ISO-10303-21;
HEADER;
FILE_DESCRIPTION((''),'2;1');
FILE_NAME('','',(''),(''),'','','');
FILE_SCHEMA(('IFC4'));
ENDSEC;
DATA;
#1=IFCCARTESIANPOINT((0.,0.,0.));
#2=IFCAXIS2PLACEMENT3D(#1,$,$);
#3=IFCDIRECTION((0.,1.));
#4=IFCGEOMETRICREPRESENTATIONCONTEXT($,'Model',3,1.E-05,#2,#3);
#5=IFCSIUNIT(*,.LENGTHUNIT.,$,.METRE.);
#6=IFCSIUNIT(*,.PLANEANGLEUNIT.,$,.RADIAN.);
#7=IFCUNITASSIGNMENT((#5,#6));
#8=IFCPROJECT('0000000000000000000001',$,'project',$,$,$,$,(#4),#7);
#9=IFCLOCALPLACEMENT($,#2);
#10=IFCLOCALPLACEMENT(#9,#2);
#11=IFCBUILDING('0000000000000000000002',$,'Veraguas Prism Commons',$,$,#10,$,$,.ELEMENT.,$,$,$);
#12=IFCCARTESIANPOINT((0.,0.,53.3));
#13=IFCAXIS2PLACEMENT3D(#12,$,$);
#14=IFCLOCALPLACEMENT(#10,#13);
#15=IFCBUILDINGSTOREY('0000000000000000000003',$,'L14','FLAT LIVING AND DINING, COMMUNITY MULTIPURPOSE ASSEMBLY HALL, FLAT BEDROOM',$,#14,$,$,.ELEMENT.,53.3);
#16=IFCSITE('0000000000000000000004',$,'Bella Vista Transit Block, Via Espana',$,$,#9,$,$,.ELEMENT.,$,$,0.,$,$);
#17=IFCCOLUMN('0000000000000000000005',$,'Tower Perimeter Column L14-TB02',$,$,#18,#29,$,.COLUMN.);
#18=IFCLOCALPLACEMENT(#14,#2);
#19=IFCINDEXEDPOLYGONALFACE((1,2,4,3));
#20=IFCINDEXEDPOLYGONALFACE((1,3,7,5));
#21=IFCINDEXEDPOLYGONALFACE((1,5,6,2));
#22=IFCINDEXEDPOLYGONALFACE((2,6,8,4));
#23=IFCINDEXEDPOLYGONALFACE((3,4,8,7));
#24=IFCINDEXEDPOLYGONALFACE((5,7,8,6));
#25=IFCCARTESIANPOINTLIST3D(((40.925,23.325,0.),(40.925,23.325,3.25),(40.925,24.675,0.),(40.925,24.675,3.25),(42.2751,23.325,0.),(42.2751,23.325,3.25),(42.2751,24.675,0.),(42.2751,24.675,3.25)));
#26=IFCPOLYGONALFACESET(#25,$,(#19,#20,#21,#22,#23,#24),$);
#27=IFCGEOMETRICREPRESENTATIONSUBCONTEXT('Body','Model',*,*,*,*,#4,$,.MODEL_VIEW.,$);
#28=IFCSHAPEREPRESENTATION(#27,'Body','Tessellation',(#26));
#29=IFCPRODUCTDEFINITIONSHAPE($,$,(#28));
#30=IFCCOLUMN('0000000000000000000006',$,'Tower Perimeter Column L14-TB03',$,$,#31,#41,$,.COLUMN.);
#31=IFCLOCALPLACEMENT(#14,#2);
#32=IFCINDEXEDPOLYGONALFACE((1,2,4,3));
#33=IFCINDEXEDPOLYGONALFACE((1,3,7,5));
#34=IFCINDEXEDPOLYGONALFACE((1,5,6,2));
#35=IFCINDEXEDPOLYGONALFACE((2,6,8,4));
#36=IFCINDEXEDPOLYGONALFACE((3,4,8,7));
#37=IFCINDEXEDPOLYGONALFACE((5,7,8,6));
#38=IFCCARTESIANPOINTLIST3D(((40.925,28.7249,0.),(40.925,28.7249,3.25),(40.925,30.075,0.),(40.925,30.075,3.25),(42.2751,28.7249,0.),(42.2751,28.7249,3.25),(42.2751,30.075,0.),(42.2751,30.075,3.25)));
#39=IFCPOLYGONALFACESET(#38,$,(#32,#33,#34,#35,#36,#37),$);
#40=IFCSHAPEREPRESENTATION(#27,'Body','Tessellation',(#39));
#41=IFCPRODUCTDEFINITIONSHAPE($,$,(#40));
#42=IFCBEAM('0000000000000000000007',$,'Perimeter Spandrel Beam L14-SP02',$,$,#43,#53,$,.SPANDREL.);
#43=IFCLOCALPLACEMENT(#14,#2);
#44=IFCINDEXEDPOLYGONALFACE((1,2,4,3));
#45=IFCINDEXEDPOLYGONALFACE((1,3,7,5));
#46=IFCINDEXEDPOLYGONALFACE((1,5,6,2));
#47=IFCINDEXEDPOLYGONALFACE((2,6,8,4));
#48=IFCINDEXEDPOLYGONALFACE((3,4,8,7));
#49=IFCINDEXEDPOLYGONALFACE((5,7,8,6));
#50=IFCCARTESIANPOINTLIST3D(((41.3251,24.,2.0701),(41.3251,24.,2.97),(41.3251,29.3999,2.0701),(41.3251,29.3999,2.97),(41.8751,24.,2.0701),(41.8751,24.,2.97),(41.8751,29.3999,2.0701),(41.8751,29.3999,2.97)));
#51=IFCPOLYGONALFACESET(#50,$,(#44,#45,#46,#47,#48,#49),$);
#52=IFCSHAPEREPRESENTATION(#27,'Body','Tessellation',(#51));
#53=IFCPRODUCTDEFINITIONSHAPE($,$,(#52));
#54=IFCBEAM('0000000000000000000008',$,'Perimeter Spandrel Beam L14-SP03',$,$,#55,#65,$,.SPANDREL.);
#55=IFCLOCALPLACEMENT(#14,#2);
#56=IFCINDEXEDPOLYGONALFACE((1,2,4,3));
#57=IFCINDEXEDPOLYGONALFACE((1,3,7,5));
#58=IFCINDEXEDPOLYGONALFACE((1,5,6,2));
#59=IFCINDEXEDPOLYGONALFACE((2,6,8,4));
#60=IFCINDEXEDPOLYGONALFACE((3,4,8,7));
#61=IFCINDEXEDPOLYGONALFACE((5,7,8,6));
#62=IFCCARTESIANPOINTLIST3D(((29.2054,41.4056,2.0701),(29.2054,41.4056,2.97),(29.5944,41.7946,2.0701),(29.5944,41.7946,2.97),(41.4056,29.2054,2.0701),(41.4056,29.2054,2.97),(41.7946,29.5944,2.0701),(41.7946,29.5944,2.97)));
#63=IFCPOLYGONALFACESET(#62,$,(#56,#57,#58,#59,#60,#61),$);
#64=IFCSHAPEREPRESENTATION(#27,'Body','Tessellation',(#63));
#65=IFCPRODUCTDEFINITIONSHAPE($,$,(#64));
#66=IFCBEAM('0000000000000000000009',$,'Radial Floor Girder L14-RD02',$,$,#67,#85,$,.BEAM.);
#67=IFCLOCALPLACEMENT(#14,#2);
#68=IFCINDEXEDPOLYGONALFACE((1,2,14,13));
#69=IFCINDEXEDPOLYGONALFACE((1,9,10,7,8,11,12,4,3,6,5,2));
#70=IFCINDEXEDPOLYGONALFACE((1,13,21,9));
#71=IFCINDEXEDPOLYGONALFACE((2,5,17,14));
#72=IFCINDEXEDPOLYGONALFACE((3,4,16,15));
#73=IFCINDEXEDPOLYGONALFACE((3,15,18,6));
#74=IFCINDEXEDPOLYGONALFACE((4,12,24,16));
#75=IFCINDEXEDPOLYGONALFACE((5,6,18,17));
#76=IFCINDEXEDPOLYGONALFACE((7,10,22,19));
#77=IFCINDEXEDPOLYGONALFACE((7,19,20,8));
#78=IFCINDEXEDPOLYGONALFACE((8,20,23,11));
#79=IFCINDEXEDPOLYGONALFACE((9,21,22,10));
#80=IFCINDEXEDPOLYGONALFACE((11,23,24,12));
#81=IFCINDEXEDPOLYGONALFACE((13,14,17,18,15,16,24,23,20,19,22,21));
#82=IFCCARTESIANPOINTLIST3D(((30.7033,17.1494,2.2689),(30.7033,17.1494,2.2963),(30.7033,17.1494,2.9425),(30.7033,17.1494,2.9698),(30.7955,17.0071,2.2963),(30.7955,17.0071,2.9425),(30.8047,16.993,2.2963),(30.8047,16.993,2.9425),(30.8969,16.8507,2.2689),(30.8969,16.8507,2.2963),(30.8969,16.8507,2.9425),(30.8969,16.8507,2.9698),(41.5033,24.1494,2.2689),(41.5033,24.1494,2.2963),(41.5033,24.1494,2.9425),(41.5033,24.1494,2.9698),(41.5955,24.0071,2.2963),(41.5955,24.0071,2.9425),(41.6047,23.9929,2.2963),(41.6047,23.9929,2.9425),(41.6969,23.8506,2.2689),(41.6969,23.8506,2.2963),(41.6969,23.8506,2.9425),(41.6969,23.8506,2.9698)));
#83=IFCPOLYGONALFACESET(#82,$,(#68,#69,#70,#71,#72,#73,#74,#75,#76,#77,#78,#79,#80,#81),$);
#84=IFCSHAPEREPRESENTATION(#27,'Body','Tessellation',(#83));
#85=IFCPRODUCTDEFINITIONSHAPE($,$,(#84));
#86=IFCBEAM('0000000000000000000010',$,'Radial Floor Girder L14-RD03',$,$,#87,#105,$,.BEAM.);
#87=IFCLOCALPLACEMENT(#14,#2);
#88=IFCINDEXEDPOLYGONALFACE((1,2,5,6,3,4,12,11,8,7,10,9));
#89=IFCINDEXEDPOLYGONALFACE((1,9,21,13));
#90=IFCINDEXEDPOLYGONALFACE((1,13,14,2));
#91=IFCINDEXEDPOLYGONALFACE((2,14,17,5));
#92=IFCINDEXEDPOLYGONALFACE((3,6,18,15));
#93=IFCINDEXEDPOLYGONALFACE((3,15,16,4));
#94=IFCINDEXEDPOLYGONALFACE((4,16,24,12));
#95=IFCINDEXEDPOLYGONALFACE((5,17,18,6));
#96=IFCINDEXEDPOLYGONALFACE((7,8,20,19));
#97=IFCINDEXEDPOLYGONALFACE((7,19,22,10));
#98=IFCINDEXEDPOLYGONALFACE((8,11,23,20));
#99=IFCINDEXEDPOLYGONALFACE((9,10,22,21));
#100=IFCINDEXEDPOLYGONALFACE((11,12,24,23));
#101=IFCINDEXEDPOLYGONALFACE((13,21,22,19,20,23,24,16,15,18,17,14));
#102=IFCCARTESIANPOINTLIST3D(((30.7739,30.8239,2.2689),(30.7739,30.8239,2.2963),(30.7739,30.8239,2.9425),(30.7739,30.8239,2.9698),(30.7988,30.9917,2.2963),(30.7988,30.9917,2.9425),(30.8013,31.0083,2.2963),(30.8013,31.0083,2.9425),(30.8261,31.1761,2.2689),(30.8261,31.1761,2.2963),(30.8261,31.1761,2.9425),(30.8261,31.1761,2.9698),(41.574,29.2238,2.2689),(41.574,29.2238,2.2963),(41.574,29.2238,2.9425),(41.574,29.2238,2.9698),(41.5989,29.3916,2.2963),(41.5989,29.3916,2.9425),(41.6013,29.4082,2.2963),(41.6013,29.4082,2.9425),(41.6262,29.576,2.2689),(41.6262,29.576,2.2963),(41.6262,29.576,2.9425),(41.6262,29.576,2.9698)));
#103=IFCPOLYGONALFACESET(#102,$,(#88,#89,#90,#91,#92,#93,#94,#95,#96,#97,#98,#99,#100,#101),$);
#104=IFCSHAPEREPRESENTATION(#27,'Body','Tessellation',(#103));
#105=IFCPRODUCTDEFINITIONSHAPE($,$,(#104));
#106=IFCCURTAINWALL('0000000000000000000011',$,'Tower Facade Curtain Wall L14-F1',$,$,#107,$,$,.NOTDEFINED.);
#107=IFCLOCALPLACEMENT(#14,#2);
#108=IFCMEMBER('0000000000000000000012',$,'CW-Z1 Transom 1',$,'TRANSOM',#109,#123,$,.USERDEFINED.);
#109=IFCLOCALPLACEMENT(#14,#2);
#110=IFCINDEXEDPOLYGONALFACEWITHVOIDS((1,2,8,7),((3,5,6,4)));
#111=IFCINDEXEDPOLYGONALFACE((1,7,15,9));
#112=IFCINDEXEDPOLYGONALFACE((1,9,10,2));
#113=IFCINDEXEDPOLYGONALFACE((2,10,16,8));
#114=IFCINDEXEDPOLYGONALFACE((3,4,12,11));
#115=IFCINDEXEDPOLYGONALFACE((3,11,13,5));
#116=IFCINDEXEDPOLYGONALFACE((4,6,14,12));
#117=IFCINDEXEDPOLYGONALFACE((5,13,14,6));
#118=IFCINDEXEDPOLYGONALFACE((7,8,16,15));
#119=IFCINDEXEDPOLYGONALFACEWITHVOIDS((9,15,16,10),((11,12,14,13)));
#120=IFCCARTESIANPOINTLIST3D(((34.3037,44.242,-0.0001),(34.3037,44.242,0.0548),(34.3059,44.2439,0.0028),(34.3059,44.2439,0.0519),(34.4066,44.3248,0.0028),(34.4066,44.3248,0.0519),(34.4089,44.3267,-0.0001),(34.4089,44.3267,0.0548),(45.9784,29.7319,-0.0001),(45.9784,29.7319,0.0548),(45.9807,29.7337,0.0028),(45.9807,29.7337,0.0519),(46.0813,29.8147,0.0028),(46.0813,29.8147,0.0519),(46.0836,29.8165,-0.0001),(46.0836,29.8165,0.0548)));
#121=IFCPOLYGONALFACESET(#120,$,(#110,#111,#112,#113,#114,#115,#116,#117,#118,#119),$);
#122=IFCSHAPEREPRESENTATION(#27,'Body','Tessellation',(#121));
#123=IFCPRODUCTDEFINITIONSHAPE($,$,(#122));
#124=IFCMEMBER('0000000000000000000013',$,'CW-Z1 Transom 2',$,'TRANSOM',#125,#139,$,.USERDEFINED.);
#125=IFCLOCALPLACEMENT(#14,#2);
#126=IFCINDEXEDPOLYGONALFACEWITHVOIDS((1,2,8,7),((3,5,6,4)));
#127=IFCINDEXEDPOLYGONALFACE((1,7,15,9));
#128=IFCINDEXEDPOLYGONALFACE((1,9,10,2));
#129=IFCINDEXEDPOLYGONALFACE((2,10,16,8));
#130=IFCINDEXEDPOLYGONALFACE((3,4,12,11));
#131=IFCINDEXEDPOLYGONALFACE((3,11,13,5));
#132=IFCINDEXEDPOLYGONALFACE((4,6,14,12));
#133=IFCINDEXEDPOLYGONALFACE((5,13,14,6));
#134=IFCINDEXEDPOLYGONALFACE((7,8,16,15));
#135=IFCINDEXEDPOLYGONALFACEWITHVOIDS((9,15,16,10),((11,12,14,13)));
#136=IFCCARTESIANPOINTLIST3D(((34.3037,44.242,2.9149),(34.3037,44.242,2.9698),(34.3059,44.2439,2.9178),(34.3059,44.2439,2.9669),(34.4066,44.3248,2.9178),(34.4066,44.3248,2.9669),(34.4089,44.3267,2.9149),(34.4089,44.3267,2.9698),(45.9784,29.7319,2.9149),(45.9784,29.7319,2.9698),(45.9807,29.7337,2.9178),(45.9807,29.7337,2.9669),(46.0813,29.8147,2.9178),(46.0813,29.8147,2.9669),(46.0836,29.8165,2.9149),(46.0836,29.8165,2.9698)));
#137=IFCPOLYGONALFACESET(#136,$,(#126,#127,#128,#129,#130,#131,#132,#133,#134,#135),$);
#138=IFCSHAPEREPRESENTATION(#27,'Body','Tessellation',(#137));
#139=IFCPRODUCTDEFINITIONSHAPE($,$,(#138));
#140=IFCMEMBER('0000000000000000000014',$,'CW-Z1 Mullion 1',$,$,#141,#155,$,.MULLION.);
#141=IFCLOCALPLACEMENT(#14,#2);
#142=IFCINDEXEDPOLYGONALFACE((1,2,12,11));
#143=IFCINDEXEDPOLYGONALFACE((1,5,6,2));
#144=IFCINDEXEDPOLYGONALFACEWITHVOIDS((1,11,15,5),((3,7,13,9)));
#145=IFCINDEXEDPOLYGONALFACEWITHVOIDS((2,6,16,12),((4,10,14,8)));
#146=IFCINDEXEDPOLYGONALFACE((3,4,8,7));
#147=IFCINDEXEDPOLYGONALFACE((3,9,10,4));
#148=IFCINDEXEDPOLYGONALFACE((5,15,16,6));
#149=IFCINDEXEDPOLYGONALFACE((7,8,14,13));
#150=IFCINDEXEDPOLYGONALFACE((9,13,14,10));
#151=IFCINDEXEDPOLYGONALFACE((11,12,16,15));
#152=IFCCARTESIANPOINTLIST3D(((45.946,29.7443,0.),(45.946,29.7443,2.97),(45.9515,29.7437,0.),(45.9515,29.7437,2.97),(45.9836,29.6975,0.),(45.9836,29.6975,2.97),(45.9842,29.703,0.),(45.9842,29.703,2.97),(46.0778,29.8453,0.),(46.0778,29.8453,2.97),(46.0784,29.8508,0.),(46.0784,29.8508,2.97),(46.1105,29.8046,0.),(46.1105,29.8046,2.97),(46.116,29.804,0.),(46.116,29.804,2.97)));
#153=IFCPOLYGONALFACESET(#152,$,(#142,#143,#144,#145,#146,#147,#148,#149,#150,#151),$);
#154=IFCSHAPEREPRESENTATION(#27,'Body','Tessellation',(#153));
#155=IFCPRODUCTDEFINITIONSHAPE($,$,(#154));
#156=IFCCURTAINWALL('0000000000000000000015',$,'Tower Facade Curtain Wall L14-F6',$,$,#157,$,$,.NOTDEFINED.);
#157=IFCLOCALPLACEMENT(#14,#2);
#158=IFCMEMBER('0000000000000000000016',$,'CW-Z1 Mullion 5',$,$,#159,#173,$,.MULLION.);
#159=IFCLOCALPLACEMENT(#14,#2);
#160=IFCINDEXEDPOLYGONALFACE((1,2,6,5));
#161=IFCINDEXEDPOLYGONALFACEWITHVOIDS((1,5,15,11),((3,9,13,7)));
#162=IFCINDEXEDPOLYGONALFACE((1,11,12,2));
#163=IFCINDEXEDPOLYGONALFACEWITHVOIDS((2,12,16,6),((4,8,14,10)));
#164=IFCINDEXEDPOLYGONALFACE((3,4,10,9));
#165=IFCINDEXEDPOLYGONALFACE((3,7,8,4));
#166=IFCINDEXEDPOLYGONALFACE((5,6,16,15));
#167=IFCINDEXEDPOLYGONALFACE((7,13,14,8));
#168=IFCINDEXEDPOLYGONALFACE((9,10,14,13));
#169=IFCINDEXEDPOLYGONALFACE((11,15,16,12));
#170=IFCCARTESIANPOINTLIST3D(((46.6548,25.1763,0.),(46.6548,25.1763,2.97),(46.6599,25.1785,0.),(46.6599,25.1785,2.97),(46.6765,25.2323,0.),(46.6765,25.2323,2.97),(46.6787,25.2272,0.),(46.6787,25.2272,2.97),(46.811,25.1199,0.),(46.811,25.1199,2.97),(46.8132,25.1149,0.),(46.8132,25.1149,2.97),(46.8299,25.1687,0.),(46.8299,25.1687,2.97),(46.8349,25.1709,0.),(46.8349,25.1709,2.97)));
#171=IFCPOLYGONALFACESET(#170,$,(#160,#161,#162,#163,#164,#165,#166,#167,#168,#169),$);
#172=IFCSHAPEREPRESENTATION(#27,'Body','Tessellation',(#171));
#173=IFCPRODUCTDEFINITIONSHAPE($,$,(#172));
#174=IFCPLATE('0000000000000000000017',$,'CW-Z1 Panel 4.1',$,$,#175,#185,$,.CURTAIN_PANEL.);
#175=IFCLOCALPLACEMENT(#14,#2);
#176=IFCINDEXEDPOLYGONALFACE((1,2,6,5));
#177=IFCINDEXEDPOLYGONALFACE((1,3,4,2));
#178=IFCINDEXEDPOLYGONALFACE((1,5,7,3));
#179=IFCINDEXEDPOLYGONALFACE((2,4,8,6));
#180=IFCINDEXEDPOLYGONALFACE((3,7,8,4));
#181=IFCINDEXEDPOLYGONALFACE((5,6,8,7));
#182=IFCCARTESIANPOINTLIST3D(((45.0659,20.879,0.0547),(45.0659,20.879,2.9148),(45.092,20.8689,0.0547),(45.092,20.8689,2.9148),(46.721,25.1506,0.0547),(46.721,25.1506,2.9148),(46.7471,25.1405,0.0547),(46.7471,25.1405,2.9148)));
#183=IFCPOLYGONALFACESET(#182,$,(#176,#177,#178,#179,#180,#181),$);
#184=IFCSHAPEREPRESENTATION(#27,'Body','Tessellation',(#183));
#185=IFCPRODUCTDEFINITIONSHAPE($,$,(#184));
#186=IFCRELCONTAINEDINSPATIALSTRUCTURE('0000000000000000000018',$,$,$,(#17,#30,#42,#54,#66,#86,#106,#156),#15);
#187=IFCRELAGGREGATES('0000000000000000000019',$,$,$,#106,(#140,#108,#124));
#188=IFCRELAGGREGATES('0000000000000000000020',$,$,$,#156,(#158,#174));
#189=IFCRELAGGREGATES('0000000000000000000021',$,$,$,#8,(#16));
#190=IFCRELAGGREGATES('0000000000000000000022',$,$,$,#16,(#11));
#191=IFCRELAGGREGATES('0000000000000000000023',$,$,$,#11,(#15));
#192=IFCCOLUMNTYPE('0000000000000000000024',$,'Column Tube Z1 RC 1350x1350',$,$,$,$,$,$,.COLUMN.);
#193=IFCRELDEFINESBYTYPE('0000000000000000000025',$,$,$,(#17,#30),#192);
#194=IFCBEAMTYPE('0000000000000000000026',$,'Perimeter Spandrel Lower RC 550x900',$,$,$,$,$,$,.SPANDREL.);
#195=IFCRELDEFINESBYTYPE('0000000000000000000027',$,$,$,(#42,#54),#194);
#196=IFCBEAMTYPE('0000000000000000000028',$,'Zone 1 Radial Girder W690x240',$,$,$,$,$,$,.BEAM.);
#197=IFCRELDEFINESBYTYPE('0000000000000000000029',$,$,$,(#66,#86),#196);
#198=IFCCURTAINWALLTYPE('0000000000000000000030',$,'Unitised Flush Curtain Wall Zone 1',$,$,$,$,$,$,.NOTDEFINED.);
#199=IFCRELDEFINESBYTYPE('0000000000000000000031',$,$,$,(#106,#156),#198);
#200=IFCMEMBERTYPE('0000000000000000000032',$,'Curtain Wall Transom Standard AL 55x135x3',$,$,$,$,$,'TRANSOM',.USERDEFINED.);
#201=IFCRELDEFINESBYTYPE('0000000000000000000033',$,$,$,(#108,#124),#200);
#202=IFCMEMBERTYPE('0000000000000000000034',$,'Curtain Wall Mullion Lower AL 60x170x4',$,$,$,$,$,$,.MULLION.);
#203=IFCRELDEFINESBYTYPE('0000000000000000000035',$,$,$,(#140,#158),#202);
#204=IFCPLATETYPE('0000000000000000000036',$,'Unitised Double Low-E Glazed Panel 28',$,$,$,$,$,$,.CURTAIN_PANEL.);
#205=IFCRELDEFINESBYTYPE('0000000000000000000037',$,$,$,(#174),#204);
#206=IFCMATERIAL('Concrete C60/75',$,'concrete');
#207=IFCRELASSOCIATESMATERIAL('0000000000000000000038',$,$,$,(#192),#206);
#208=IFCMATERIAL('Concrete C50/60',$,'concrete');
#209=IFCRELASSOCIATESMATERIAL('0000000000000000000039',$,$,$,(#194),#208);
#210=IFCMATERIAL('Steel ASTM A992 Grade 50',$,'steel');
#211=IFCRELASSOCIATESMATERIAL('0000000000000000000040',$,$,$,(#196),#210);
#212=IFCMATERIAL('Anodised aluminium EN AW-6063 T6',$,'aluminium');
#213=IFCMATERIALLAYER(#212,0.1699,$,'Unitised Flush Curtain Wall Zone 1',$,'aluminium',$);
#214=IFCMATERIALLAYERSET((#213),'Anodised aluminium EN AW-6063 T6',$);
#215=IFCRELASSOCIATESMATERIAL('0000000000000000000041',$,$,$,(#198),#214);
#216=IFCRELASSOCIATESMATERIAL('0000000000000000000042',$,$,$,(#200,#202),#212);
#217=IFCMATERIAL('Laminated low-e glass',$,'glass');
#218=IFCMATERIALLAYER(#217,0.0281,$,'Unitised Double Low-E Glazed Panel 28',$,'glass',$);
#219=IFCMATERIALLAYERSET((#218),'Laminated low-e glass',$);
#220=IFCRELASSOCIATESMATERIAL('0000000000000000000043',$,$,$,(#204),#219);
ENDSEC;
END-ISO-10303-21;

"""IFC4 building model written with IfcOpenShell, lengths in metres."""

from ifc_helpers import new_model, si_unit, direction, frame, origin, origin_2d, place, context, subcontext, project, spatial, rectangle, hollow_rectangle, i_section, extrude, source, transform, mapped, material, layer, layer_set, material_profile, profile_set, type_object, element, aggregate, save


model = new_model("IFC4")

# Units and contexts
model_context = context("Model", 3, precision=1e-05, world=origin(), true_north=direction((0.0, 1.0)))
body_context = subcontext(model_context, "Body", "Model", "MODEL_VIEW")
ifc_project = project(units=[si_unit("LENGTHUNIT", "METRE"), si_unit("PLANEANGLEUNIT", "RADIAN")], contexts=[model_context])

# Site, building, storey
site_placement = place(None, origin())
site = spatial("IfcSite", under=ifc_project, at=site_placement, Name="Bella Vista Transit Block, Via Espana", CompositionType="ELEMENT", RefElevation=0.0)
building_placement = place(site_placement, origin())
building = spatial("IfcBuilding", under=site, at=building_placement, Name="Veraguas Prism Commons", CompositionType="ELEMENT")
storey_placement = place(building_placement, frame((0.0, 0.0, 53.3)))
storey = spatial("IfcBuildingStorey", under=building, at=storey_placement, Name="L14", Description="FLAT LIVING AND DINING, COMMUNITY MULTIPURPOSE ASSEMBLY HALL, FLAT BEDROOM", CompositionType="ELEMENT", Elevation=53.3)

# Columns
ifc_material_1 = material(Name="Concrete C60/75", Category="concrete")
ifc_material_profile_1 = material_profile(ifc_material_1, rectangle(XDim=1.3501, YDim=1.3501, at=origin_2d()), Name="RC1350X1350")
ifc_profile_set_1 = profile_set([ifc_material_profile_1], Name="Concrete C60/75")
column_type = type_object("IfcColumnType", Name="Column Tube Z1 RC 1350x1350", PredefinedType="COLUMN", material=ifc_profile_set_1)
for number, where, z_axis, x_axis, name in (
    (1, (41.6001, 24.0, 0.0), (0.0, 0.0, 1.0), (1.0, 0.0, 0.0), "Tower Perimeter Column L14-TB02"),
    (2, (41.6001, 29.3999, 0.0), (0.0, 0.0, 1.0), (1.0, 0.0, 0.0), "Tower Perimeter Column L14-TB03"),
):
    element("IfcColumn", number, at=place(storey_placement, frame(where, z_axis=z_axis, x_axis=x_axis)), inside=storey, type_object=column_type, Name=name, PredefinedType="COLUMN", context=body_context, shape_type="SweptSolid", body=[
        extrude(rectangle(XDim=1.3501, YDim=1.3501, at=origin_2d()), origin(), (0.0, 0.0, 1.0), 3.25),
    ])

# Beams
ifc_material_2 = material(Name="Concrete C50/60", Category="concrete")
ifc_material_profile_2 = material_profile(ifc_material_2, rectangle(XDim=0.55, YDim=0.8999, at=origin_2d()), Name="RC550X900")
ifc_profile_set_2 = profile_set([ifc_material_profile_2], Name="Concrete C50/60")
beam_type_1 = type_object("IfcBeamType", Name="Perimeter Spandrel Lower RC 550x900", PredefinedType="SPANDREL", material=ifc_profile_set_2)
beam_1_placement = place(storey_placement, frame((41.6001, 24.0, 2.52), z_axis=(0.0, 1.0, 0.0), x_axis=(-1.0, 0.0, 0.0)))
element("IfcBeam", 3, at=beam_1_placement, inside=storey, type_object=beam_type_1, Name="Perimeter Spandrel Beam L14-SP02", PredefinedType="SPANDREL", context=body_context, shape_type="SweptSolid", body=[
    extrude(rectangle(XDim=0.55, YDim=0.8999, at=origin_2d()), origin(), (0.0, 0.0, 1.0), 5.3999),
])
beam_2_placement = place(storey_placement, frame((41.6001, 29.3999, 2.52), z_axis=(-0.707107, 0.707107, 0.0), x_axis=(-0.707107, -0.707107, 0.0)))
element("IfcBeam", 4, at=beam_2_placement, inside=storey, type_object=beam_type_1, Name="Perimeter Spandrel Beam L14-SP03", PredefinedType="SPANDREL", context=body_context, shape_type="SweptSolid", body=[
    extrude(rectangle(XDim=0.55, YDim=0.8999, at=origin_2d()), origin(), (0.0, 0.0, 1.0), 17.2537),
])
ifc_material_3 = material(Name="Steel ASTM A992 Grade 50", Category="steel")
ifc_material_profile_3 = material_profile(ifc_material_3, i_section(OverallWidth=0.356, OverallDepth=0.7009, WebThickness=0.0168, FlangeThickness=0.0273, at=origin_2d()), Name="W690X240")
ifc_profile_set_3 = profile_set([ifc_material_profile_3], Name="Steel ASTM A992 Grade 50")
beam_type_2 = type_object("IfcBeamType", Name="Zone 1 Radial Girder W690x240", PredefinedType="BEAM", material=ifc_profile_set_3)
beam_3_placement = place(storey_placement, frame((41.6001, 24.0, 2.6194), z_axis=(-0.839154, -0.543894, 0.0), x_axis=(0.543894, -0.839154, 0.0)))
element("IfcBeam", 5, at=beam_3_placement, inside=storey, type_object=beam_type_2, Name="Radial Floor Girder L14-RD02", PredefinedType="BEAM", context=body_context, shape_type="SweptSolid", body=[
    extrude(i_section(OverallWidth=0.356, OverallDepth=0.7009, WebThickness=0.0168, FlangeThickness=0.0273, at=origin_2d()), origin(), (0.0, 0.0, 1.0), 12.8701),
])
beam_4_placement = place(storey_placement, frame((41.6001, 29.3999, 2.6194), z_axis=(-0.989202, 0.146557, 0.0), x_axis=(-0.146557, -0.989202, 0.0)))
element("IfcBeam", 6, at=beam_4_placement, inside=storey, type_object=beam_type_2, Name="Radial Floor Girder L14-RD03", PredefinedType="BEAM", context=body_context, shape_type="SweptSolid", body=[
    extrude(i_section(OverallWidth=0.356, OverallDepth=0.7009, WebThickness=0.0168, FlangeThickness=0.0273, at=origin_2d()), origin(), (0.0, 0.0, 1.0), 10.918),
])

# Curtain wall, members
ifc_material_4 = material(Name="Anodised aluminium EN AW-6063 T6", Category="aluminium")
ifc_layer_1 = layer(ifc_material_4, 0.1699, Name="Unitised Flush Curtain Wall Zone 1", Category="aluminium")
ifc_layer_set_1 = layer_set([ifc_layer_1], Name="Anodised aluminium EN AW-6063 T6")
curtain_wall_type = type_object("IfcCurtainWallType", Name="Unitised Flush Curtain Wall Zone 1", PredefinedType="NOTDEFINED", material=ifc_layer_set_1)
curtain_wall_1_placement = place(storey_placement, origin())
curtain_wall_1 = element("IfcCurtainWall", 7, at=curtain_wall_1_placement, inside=storey, type_object=curtain_wall_type, Name="Tower Facade Curtain Wall L14-F1", PredefinedType="NOTDEFINED")
ifc_material_profile_4 = material_profile(ifc_material_4, hollow_rectangle(XDim=0.0549, YDim=0.135, WallThickness=0.0029, at=origin_2d()), Name="AL55X135X3")
ifc_profile_set_4 = profile_set([ifc_material_profile_4], Name="Anodised aluminium EN AW-6063 T6")
member_type_1 = type_object("IfcMemberType", Name="Curtain Wall Transom Standard AL 55x135x3", ElementType="TRANSOM", PredefinedType="USERDEFINED", material=ifc_profile_set_4)
shared_shape_1 = source(origin(), body_context, "Body", "SweptSolid", [
    extrude(hollow_rectangle(XDim=0.0549, YDim=0.135, WallThickness=0.0029, at=origin_2d()), origin(), (0.0, 0.0, 1.0), 18.6238),
])
member_1_placement = place(storey_placement, frame((46.031, 29.7742, 0.0273), z_axis=(-0.626873, 0.779121, 0.0), x_axis=(0.0, 0.0, 1.0)))
member_1 = element("IfcMember", 8, at=member_1_placement, type_object=member_type_1, Name="CW-Z1 Transom 1", ObjectType="TRANSOM", PredefinedType="USERDEFINED", context=body_context, shape_type="MappedRepresentation", body=[
    mapped(shared_shape_1, transform((0.0, 0.0, 0.0), scale=1.0)),
])
member_2_placement = place(storey_placement, frame((46.031, 29.7742, 2.9424), z_axis=(-0.626873, 0.779121, 0.0), x_axis=(0.0, 0.0, 1.0)))
member_2 = element("IfcMember", 9, at=member_2_placement, type_object=member_type_1, Name="CW-Z1 Transom 2", ObjectType="TRANSOM", PredefinedType="USERDEFINED", context=body_context, shape_type="MappedRepresentation", body=[
    mapped(shared_shape_1, transform((0.0, 0.0, 0.0), scale=1.0)),
])
ifc_material_profile_5 = material_profile(ifc_material_4, hollow_rectangle(XDim=0.0601, YDim=0.1699, WallThickness=0.0039, at=origin_2d()), Name="AL60X170X4")
ifc_profile_set_5 = profile_set([ifc_material_profile_5], Name="Anodised aluminium EN AW-6063 T6")
member_type_2 = type_object("IfcMemberType", Name="Curtain Wall Mullion Lower AL 60x170x4", PredefinedType="MULLION", material=ifc_profile_set_5)
shared_shape_2 = source(origin(), body_context, "Body", "SweptSolid", [
    extrude(hollow_rectangle(XDim=0.0601, YDim=0.1699, WallThickness=0.0039, at=origin_2d()), origin(), (0.0, 0.0, 1.0), 2.97),
])
member_3_placement = place(storey_placement, frame((46.031, 29.7742, 0.0), z_axis=(0.0, 0.0, 1.0), x_axis=(-0.626873, 0.779121, 0.0)))
member_3 = element("IfcMember", 10, at=member_3_placement, type_object=member_type_2, Name="CW-Z1 Mullion 1", PredefinedType="MULLION", context=body_context, shape_type="MappedRepresentation", body=[
    mapped(shared_shape_2, transform((0.0, 0.0, 0.0), scale=1.0)),
])
aggregate(curtain_wall_1, [member_3, member_1, member_2])

# Curtain wall, member, plate
curtain_wall_2_placement = place(storey_placement, origin())
curtain_wall_2 = element("IfcCurtainWall", 11, at=curtain_wall_2_placement, inside=storey, type_object=curtain_wall_type, Name="Tower Facade Curtain Wall L14-F6", PredefinedType="NOTDEFINED")
member_4_placement = place(storey_placement, frame((46.7449, 25.1736, 0.0), z_axis=(0.0, 0.0, 1.0), x_axis=(0.361294, 0.932452, 0.0)))
member_4 = element("IfcMember", 12, at=member_4_placement, type_object=member_type_2, Name="CW-Z1 Mullion 5", PredefinedType="MULLION", context=body_context, shape_type="MappedRepresentation", body=[
    mapped(shared_shape_2, transform((0.0, 0.0, 0.0), scale=1.0)),
])
ifc_material_5 = material(Name="Laminated low-e glass", Category="glass")
ifc_layer_2 = layer(ifc_material_5, 0.0281, Name="Unitised Double Low-E Glazed Panel 28", Category="glass")
ifc_layer_set_2 = layer_set([ifc_layer_2], Name="Laminated low-e glass")
plate_type = type_object("IfcPlateType", Name="Unitised Double Low-E Glazed Panel 28", PredefinedType="CURTAIN_PANEL", material=ifc_layer_set_2)
shared_shape_3 = source(origin(), body_context, "Body", "SweptSolid", [
    extrude(rectangle(XDim=4.5811, YDim=0.0281, at=origin_2d()), origin(), (0.0, 0.0, 1.0), 2.8601),
])
plate_placement = place(storey_placement, frame((45.9065, 23.0098, 0.0547), z_axis=(0.0, 0.0, 1.0), x_axis=(0.361294, 0.932452, 0.0)))
plate = element("IfcPlate", 13, at=plate_placement, type_object=plate_type, Name="CW-Z1 Panel 4.1", PredefinedType="CURTAIN_PANEL", context=body_context, shape_type="MappedRepresentation", body=[
    mapped(shared_shape_3, transform((0.0, 0.0, 0.0), scale=1.0)),
])
aggregate(curtain_wall_2, [member_4, plate])

save(model, "model.ifc")
